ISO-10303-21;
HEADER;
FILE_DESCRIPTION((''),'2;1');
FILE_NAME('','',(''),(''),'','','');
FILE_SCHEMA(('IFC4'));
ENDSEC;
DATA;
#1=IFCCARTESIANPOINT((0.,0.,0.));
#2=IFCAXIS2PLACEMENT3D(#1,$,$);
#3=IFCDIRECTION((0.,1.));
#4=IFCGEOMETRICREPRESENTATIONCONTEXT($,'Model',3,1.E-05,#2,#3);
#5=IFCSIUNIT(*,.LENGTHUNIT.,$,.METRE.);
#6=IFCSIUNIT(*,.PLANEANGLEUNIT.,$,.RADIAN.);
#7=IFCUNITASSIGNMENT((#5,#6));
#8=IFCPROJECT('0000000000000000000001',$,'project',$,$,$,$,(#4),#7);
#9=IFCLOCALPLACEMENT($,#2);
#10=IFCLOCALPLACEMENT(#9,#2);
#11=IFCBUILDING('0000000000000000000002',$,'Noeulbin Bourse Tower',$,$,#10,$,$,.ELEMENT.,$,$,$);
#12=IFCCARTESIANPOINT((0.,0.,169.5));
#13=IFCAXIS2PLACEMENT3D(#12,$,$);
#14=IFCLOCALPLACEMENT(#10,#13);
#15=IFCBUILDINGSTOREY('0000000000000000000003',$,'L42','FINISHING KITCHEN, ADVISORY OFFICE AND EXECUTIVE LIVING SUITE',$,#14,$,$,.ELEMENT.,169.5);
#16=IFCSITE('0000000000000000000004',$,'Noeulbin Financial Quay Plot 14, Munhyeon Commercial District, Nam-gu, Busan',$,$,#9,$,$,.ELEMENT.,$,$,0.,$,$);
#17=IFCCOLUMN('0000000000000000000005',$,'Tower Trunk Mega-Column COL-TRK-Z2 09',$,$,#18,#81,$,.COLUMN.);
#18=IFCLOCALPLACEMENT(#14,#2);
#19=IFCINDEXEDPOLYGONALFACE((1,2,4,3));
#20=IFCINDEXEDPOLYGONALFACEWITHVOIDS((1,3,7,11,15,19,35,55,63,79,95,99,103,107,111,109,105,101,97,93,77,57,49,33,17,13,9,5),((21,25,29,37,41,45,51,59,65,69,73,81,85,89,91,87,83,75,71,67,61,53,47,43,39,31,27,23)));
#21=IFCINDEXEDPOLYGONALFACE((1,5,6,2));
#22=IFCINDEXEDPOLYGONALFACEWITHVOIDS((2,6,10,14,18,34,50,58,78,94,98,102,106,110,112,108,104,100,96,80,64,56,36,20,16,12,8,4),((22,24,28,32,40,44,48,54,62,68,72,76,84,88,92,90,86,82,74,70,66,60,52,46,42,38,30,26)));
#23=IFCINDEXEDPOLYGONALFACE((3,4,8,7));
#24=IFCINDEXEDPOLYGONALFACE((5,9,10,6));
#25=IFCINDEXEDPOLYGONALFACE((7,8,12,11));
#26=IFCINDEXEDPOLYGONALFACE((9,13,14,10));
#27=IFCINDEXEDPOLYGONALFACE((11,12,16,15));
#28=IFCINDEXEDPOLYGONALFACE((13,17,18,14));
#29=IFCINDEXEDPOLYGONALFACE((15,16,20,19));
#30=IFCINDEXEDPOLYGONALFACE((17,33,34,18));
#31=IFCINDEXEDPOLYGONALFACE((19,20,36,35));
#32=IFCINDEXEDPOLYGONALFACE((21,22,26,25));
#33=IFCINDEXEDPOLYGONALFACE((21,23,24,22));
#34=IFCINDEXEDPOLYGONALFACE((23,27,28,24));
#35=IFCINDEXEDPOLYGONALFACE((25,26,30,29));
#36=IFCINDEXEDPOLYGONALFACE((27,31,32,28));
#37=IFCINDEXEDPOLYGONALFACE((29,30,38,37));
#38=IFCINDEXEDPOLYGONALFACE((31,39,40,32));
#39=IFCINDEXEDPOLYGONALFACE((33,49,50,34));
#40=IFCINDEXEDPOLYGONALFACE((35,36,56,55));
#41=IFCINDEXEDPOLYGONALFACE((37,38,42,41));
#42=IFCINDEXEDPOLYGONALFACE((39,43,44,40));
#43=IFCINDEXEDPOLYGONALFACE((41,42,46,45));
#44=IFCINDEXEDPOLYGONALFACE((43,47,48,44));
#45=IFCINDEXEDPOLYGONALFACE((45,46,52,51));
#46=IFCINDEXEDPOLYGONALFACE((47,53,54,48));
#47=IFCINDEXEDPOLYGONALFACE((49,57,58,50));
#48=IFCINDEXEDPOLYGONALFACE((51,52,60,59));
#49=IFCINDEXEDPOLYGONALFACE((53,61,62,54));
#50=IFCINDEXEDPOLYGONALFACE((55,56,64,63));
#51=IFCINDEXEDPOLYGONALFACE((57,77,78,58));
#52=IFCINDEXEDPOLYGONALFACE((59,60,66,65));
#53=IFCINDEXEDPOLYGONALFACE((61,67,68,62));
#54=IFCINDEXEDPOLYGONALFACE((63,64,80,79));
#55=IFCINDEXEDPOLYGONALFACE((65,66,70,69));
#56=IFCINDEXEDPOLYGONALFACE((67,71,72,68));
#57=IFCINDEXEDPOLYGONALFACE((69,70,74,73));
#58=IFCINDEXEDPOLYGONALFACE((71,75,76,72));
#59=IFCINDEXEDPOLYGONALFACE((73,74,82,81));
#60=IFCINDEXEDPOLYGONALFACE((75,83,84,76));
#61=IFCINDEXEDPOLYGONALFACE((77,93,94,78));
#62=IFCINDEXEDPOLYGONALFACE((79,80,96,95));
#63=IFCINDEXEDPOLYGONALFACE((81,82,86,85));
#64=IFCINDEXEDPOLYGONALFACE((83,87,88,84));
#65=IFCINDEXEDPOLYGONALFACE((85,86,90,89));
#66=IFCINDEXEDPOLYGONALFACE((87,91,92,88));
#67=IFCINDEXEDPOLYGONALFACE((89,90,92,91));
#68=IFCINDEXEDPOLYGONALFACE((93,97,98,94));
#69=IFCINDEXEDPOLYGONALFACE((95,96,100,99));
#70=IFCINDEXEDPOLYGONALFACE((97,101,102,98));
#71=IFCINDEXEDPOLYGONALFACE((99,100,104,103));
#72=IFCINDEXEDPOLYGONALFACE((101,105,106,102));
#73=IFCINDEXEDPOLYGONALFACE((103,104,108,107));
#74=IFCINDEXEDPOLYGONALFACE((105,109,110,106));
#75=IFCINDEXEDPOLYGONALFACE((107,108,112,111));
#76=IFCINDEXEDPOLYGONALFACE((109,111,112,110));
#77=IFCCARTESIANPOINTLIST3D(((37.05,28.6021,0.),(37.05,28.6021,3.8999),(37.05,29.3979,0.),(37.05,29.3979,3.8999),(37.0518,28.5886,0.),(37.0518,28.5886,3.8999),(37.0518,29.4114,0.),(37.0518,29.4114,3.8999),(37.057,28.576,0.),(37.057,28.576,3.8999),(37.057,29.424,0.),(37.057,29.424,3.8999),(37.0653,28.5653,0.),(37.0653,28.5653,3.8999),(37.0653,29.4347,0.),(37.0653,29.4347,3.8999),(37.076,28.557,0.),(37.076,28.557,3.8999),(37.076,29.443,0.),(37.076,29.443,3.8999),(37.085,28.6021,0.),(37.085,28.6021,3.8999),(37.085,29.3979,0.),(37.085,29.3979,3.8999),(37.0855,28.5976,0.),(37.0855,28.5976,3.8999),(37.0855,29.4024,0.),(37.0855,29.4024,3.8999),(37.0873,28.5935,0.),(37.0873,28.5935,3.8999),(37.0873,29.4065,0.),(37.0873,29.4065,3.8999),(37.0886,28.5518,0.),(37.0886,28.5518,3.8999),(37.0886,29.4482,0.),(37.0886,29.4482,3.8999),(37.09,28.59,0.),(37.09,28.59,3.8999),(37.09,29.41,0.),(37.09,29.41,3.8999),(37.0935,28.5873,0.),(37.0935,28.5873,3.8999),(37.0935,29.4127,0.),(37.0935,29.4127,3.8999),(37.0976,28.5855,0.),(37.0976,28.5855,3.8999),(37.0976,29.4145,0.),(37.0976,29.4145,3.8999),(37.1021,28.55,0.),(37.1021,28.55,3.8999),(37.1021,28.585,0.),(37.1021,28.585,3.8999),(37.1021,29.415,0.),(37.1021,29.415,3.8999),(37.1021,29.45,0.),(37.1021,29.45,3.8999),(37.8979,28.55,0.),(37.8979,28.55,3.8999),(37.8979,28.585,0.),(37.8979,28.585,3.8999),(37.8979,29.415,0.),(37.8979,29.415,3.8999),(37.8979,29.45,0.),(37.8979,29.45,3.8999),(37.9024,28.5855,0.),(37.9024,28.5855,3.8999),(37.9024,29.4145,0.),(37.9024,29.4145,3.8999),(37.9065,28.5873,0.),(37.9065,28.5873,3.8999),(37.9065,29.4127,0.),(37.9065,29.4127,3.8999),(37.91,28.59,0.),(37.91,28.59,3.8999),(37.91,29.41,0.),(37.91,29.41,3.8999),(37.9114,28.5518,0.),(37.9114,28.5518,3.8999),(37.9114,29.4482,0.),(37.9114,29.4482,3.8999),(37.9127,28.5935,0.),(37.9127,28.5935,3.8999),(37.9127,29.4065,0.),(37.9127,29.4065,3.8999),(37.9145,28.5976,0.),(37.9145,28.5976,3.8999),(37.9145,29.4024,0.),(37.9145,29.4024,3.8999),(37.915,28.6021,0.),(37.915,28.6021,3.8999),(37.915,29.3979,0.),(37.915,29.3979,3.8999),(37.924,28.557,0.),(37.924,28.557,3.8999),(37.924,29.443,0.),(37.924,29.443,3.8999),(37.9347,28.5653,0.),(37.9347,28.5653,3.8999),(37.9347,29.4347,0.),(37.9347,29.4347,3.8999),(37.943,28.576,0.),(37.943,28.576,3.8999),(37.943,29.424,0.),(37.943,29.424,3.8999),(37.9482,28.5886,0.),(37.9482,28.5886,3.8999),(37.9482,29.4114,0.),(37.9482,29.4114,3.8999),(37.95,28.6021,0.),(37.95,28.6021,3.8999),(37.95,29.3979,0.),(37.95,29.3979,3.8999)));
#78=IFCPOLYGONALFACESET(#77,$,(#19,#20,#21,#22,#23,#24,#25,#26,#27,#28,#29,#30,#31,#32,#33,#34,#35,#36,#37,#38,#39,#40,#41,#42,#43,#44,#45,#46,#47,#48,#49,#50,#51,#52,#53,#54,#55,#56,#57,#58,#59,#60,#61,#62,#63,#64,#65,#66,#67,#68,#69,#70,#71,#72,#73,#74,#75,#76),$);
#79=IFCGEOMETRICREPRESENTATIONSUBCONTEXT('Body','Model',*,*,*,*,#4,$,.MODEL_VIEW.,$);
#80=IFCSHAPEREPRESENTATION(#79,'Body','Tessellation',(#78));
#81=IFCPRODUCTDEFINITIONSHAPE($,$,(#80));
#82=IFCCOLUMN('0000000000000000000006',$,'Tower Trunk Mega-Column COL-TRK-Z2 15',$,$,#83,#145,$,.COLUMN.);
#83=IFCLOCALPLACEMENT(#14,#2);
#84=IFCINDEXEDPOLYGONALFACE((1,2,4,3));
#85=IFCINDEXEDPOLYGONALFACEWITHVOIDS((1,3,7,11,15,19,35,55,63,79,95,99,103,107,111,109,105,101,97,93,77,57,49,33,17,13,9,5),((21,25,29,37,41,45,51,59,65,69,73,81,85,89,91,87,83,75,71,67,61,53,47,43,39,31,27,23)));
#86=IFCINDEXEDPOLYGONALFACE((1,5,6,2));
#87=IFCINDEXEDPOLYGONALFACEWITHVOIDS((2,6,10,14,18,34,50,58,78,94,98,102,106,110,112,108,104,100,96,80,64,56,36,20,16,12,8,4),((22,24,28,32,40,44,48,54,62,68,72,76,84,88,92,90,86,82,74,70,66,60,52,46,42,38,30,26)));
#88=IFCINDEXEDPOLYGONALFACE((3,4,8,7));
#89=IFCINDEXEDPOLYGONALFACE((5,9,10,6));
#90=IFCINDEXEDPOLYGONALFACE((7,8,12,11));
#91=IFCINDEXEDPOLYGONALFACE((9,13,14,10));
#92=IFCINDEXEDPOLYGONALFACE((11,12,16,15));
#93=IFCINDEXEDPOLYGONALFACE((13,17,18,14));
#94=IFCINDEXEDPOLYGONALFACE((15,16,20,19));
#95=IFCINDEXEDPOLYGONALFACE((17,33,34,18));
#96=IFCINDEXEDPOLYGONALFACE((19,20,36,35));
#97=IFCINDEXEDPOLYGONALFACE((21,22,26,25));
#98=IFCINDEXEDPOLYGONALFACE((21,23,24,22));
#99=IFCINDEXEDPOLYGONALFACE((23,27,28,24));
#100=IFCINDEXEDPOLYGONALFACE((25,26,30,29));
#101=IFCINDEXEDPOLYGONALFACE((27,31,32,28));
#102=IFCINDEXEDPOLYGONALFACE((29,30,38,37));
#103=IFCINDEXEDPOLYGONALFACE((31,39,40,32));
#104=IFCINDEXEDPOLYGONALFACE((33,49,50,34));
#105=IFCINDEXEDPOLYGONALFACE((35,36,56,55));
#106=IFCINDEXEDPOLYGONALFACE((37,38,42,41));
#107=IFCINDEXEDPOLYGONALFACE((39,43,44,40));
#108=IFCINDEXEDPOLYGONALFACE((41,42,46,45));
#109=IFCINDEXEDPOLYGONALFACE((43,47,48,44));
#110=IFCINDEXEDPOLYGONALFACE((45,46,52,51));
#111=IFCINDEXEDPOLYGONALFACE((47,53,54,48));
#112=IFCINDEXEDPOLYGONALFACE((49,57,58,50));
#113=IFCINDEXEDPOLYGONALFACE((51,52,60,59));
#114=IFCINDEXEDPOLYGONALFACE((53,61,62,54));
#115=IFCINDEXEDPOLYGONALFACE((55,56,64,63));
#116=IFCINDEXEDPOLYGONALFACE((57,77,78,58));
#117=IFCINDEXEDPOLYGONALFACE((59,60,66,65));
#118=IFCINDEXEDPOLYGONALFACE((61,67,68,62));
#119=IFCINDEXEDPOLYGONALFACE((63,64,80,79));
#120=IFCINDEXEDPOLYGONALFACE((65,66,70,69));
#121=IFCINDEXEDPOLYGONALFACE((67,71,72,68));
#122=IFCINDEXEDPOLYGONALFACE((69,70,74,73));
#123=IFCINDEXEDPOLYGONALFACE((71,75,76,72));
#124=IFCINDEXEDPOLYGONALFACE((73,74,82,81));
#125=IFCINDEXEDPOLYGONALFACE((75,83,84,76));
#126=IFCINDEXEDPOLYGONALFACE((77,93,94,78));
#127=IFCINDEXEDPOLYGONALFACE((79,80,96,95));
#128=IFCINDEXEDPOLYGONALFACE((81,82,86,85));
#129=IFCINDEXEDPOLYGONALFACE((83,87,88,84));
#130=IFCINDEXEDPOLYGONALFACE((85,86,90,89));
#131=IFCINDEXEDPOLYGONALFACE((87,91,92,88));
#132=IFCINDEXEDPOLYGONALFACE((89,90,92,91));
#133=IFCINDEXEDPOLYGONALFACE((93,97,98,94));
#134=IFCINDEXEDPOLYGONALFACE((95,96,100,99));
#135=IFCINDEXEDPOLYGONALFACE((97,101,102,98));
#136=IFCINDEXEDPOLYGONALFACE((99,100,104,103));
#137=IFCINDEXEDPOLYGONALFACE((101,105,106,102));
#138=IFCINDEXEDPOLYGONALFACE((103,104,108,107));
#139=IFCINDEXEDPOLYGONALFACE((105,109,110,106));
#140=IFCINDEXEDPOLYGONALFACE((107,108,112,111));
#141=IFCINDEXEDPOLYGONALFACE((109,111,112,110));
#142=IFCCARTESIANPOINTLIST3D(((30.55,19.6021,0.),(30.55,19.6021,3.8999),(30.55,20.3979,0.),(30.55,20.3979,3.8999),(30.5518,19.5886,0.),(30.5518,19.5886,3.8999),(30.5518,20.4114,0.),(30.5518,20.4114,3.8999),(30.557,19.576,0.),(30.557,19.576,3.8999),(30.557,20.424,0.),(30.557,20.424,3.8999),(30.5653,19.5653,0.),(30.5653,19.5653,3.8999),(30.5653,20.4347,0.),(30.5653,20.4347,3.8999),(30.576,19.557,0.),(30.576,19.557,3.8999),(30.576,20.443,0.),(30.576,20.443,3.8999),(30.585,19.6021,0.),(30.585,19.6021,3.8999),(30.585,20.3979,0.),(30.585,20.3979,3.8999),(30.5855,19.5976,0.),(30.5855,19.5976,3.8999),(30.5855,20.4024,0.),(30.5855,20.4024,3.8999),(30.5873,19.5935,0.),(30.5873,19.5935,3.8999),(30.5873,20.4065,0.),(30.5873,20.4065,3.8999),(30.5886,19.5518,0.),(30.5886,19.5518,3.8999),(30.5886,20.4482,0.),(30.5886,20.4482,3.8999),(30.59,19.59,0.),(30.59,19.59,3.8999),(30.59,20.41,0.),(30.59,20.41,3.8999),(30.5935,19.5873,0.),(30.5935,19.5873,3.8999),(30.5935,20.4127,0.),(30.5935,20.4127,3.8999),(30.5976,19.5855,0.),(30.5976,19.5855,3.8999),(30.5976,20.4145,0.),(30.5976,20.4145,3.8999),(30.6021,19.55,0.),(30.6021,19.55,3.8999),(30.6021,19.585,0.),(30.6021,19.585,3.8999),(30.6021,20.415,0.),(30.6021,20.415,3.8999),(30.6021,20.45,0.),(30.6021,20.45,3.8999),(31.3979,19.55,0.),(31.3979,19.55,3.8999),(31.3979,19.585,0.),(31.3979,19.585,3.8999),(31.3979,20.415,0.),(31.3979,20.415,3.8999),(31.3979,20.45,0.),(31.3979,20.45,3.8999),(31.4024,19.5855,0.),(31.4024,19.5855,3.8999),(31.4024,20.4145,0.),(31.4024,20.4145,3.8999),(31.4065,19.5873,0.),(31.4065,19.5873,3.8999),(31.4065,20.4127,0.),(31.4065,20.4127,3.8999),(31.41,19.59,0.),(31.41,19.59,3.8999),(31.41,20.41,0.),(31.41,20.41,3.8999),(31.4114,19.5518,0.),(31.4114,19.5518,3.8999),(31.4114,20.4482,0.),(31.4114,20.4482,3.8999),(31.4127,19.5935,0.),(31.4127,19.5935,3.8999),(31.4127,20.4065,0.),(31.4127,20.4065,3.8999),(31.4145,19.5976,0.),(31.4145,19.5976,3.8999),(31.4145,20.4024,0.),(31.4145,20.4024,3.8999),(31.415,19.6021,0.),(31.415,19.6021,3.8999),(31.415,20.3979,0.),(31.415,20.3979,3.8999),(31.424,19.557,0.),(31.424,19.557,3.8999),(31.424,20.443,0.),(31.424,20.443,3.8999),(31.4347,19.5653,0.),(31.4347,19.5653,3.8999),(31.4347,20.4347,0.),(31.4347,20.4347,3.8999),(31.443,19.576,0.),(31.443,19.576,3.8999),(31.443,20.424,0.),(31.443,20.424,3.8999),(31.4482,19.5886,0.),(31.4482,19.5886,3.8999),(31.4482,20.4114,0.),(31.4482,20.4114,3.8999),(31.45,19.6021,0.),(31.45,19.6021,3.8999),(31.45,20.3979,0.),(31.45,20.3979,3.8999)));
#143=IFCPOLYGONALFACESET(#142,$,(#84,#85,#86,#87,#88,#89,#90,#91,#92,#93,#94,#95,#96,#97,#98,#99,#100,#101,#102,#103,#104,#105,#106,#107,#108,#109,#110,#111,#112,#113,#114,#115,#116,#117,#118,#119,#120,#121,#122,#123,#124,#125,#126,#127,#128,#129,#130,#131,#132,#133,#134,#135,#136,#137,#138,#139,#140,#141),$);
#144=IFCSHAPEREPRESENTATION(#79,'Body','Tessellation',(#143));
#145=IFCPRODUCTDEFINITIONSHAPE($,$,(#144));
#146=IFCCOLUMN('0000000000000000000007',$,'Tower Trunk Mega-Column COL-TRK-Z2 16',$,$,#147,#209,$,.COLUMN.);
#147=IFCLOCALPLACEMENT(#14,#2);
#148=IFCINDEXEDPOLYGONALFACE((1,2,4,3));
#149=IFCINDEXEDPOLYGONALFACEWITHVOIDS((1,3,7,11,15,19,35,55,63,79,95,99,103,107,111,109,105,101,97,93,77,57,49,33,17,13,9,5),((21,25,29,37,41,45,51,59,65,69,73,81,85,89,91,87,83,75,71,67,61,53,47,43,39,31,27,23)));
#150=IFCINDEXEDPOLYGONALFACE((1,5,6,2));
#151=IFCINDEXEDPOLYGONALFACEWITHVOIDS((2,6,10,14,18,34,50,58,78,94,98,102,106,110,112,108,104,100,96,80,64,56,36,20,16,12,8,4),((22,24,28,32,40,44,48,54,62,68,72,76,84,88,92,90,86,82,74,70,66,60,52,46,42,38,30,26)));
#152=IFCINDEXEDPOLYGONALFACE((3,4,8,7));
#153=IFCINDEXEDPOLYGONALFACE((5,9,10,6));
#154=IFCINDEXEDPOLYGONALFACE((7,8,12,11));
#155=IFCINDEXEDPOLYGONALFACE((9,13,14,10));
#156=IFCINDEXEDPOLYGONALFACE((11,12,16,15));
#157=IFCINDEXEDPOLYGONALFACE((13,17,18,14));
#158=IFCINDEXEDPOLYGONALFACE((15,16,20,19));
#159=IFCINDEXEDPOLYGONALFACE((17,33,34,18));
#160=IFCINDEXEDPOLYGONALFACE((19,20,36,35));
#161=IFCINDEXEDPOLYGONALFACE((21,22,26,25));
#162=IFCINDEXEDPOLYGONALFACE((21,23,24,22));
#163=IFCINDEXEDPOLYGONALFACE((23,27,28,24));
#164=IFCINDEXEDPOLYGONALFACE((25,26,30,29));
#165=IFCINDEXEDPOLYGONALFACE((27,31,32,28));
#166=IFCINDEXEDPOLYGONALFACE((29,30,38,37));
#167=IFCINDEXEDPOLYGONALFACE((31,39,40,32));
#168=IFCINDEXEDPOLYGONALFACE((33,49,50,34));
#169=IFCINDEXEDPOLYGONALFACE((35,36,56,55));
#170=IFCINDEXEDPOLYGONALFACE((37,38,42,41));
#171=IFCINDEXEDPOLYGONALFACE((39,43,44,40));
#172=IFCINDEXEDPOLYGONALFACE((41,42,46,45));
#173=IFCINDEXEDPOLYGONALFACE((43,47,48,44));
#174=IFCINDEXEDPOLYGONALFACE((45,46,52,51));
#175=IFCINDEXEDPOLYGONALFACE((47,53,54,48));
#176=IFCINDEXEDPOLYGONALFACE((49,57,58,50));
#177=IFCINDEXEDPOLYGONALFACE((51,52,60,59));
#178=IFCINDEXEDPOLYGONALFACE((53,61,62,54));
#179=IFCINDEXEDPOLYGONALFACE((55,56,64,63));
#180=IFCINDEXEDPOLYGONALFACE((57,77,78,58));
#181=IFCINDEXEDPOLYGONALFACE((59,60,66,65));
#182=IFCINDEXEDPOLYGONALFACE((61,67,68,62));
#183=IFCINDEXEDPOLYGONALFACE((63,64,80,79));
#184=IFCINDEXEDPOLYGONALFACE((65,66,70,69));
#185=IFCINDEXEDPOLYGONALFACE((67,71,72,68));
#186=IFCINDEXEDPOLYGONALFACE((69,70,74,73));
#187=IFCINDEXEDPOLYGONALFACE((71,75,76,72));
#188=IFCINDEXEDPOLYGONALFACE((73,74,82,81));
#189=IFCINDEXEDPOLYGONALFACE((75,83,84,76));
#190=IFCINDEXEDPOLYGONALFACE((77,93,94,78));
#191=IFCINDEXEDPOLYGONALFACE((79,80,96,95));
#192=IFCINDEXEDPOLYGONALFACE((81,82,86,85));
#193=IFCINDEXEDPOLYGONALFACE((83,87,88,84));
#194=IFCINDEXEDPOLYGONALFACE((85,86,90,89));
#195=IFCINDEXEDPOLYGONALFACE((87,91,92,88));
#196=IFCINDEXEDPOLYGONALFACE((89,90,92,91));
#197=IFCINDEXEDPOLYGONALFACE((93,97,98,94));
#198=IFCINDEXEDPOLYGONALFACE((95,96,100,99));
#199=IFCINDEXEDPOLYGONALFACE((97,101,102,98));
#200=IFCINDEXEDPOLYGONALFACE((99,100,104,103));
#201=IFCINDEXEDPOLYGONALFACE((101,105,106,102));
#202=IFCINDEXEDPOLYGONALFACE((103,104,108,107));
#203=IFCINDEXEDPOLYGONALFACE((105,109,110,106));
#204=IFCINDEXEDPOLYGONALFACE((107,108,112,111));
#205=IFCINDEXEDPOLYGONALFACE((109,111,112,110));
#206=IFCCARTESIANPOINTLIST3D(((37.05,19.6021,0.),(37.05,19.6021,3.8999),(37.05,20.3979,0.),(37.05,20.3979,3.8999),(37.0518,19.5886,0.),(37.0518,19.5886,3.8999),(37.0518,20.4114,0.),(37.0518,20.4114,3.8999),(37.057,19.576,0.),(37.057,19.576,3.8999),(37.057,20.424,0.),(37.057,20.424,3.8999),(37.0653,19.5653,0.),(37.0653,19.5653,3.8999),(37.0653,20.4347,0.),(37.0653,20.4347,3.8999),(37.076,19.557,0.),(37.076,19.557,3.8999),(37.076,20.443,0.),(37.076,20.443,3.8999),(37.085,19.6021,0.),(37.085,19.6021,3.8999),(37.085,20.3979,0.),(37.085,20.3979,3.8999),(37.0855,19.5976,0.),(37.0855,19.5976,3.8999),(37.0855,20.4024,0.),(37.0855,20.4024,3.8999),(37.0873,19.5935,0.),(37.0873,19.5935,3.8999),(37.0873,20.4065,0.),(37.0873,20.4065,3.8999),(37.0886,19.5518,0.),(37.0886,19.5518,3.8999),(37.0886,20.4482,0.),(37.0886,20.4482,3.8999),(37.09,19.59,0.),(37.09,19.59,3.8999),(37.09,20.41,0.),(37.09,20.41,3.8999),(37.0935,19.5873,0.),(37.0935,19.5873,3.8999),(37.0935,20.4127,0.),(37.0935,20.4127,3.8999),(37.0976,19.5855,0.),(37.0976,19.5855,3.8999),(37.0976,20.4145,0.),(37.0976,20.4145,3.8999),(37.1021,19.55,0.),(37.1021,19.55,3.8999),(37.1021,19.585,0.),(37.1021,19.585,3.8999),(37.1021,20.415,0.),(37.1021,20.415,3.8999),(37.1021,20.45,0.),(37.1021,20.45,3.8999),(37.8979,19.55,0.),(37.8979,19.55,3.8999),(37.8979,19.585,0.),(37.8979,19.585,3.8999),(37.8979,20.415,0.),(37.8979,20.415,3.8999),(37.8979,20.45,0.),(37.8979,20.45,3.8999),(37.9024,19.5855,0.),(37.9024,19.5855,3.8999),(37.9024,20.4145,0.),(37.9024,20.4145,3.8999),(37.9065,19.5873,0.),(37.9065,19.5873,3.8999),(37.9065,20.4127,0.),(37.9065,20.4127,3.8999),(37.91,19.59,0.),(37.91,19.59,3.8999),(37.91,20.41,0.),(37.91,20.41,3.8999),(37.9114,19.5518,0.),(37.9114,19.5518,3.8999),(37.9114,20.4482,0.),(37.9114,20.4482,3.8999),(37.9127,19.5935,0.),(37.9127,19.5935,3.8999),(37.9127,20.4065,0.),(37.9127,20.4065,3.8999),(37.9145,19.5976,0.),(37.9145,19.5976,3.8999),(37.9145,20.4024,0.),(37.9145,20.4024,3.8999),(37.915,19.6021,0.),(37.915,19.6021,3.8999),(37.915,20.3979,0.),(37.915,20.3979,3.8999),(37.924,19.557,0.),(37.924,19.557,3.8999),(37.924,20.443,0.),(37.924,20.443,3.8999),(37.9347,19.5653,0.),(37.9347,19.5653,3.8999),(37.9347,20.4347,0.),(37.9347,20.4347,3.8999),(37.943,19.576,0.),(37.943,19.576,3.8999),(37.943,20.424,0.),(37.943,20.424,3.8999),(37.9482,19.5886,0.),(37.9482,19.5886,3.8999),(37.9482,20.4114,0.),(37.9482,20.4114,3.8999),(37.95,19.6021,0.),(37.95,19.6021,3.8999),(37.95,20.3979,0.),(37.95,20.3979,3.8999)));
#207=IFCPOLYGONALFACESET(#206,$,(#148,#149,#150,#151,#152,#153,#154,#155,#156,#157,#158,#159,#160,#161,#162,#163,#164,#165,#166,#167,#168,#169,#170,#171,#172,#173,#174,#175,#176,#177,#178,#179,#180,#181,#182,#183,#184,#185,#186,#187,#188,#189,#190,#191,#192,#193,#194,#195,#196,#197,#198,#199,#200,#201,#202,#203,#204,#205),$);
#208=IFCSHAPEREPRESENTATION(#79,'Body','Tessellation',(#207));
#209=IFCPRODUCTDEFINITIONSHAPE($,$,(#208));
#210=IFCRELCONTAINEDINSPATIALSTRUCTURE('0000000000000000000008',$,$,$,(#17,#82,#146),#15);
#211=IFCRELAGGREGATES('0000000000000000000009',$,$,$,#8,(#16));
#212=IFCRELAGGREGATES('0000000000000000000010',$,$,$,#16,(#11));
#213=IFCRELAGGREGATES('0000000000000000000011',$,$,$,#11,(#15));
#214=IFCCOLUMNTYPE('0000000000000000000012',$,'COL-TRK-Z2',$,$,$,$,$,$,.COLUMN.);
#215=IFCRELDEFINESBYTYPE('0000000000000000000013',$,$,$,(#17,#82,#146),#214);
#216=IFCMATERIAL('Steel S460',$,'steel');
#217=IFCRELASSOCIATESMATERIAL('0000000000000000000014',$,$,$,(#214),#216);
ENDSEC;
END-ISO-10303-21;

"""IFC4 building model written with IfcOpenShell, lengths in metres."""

from ifc_helpers import new_model, si_unit, direction, frame, origin, origin_2d, place, context, subcontext, project, spatial, hollow_rectangle, extrude, material, material_profile, profile_set, type_object, element, save


model = new_model("IFC4")

# Units and contexts
model_context = context("Model", 3, precision=1e-05, world=origin(), true_north=direction((0.0, 1.0)))
body_context = subcontext(model_context, "Body", "Model", "MODEL_VIEW")
ifc_project = project(units=[si_unit("LENGTHUNIT", "METRE"), si_unit("PLANEANGLEUNIT", "RADIAN")], contexts=[model_context])

# Site, building, storey
site_placement = place(None, origin())
site = spatial("IfcSite", under=ifc_project, at=site_placement, Name="Noeulbin Financial Quay Plot 14, Munhyeon Commercial District, Nam-gu, Busan", CompositionType="ELEMENT", RefElevation=0.0)
building_placement = place(site_placement, origin())
building = spatial("IfcBuilding", under=site, at=building_placement, Name="Noeulbin Bourse Tower", CompositionType="ELEMENT")
storey_placement = place(building_placement, frame((0.0, 0.0, 169.5)))
storey = spatial("IfcBuildingStorey", under=building, at=storey_placement, Name="L42", Description="FINISHING KITCHEN, ADVISORY OFFICE AND EXECUTIVE LIVING SUITE", CompositionType="ELEMENT", Elevation=169.5)

# Columns
ifc_material_1 = material(Name="Steel S460", Category="steel")
ifc_material_profile_1 = material_profile(ifc_material_1, hollow_rectangle(XDim=0.8999, YDim=0.8999, WallThickness=0.0349, InnerFilletRadius=0.0171, OuterFilletRadius=0.052, at=origin_2d()), Name="BOX-900x900x35", Category="LoadBearing")
ifc_profile_set_1 = profile_set([ifc_material_profile_1], Name="Steel S460")
column_type = type_object("IfcColumnType", Name="COL-TRK-Z2", PredefinedType="COLUMN", material=ifc_profile_set_1)
for number, where, z_axis, x_axis, name in (
    (1, (37.5, 29.0, 0.0), (0.0, 0.0, 1.0), (1.0, 0.0, 0.0), "Tower Trunk Mega-Column COL-TRK-Z2 09"),
    (2, (31.0, 20.0, 0.0), (0.0, 0.0, 1.0), (1.0, 0.0, 0.0), "Tower Trunk Mega-Column COL-TRK-Z2 15"),
    (3, (37.5, 20.0, 0.0), (0.0, 0.0, 1.0), (1.0, 0.0, 0.0), "Tower Trunk Mega-Column COL-TRK-Z2 16"),
):
    element("IfcColumn", number, at=place(storey_placement, frame(where, z_axis=z_axis, x_axis=x_axis)), inside=storey, type_object=column_type, Name=name, PredefinedType="COLUMN", context=body_context, shape_type="SweptSolid", body=[
        extrude(hollow_rectangle(XDim=0.8999, YDim=0.8999, WallThickness=0.0349, InnerFilletRadius=0.0171, OuterFilletRadius=0.052, at=origin_2d()), origin(), (0.0, 0.0, 1.0), 3.8999),
    ])

save(model, "model.ifc")
